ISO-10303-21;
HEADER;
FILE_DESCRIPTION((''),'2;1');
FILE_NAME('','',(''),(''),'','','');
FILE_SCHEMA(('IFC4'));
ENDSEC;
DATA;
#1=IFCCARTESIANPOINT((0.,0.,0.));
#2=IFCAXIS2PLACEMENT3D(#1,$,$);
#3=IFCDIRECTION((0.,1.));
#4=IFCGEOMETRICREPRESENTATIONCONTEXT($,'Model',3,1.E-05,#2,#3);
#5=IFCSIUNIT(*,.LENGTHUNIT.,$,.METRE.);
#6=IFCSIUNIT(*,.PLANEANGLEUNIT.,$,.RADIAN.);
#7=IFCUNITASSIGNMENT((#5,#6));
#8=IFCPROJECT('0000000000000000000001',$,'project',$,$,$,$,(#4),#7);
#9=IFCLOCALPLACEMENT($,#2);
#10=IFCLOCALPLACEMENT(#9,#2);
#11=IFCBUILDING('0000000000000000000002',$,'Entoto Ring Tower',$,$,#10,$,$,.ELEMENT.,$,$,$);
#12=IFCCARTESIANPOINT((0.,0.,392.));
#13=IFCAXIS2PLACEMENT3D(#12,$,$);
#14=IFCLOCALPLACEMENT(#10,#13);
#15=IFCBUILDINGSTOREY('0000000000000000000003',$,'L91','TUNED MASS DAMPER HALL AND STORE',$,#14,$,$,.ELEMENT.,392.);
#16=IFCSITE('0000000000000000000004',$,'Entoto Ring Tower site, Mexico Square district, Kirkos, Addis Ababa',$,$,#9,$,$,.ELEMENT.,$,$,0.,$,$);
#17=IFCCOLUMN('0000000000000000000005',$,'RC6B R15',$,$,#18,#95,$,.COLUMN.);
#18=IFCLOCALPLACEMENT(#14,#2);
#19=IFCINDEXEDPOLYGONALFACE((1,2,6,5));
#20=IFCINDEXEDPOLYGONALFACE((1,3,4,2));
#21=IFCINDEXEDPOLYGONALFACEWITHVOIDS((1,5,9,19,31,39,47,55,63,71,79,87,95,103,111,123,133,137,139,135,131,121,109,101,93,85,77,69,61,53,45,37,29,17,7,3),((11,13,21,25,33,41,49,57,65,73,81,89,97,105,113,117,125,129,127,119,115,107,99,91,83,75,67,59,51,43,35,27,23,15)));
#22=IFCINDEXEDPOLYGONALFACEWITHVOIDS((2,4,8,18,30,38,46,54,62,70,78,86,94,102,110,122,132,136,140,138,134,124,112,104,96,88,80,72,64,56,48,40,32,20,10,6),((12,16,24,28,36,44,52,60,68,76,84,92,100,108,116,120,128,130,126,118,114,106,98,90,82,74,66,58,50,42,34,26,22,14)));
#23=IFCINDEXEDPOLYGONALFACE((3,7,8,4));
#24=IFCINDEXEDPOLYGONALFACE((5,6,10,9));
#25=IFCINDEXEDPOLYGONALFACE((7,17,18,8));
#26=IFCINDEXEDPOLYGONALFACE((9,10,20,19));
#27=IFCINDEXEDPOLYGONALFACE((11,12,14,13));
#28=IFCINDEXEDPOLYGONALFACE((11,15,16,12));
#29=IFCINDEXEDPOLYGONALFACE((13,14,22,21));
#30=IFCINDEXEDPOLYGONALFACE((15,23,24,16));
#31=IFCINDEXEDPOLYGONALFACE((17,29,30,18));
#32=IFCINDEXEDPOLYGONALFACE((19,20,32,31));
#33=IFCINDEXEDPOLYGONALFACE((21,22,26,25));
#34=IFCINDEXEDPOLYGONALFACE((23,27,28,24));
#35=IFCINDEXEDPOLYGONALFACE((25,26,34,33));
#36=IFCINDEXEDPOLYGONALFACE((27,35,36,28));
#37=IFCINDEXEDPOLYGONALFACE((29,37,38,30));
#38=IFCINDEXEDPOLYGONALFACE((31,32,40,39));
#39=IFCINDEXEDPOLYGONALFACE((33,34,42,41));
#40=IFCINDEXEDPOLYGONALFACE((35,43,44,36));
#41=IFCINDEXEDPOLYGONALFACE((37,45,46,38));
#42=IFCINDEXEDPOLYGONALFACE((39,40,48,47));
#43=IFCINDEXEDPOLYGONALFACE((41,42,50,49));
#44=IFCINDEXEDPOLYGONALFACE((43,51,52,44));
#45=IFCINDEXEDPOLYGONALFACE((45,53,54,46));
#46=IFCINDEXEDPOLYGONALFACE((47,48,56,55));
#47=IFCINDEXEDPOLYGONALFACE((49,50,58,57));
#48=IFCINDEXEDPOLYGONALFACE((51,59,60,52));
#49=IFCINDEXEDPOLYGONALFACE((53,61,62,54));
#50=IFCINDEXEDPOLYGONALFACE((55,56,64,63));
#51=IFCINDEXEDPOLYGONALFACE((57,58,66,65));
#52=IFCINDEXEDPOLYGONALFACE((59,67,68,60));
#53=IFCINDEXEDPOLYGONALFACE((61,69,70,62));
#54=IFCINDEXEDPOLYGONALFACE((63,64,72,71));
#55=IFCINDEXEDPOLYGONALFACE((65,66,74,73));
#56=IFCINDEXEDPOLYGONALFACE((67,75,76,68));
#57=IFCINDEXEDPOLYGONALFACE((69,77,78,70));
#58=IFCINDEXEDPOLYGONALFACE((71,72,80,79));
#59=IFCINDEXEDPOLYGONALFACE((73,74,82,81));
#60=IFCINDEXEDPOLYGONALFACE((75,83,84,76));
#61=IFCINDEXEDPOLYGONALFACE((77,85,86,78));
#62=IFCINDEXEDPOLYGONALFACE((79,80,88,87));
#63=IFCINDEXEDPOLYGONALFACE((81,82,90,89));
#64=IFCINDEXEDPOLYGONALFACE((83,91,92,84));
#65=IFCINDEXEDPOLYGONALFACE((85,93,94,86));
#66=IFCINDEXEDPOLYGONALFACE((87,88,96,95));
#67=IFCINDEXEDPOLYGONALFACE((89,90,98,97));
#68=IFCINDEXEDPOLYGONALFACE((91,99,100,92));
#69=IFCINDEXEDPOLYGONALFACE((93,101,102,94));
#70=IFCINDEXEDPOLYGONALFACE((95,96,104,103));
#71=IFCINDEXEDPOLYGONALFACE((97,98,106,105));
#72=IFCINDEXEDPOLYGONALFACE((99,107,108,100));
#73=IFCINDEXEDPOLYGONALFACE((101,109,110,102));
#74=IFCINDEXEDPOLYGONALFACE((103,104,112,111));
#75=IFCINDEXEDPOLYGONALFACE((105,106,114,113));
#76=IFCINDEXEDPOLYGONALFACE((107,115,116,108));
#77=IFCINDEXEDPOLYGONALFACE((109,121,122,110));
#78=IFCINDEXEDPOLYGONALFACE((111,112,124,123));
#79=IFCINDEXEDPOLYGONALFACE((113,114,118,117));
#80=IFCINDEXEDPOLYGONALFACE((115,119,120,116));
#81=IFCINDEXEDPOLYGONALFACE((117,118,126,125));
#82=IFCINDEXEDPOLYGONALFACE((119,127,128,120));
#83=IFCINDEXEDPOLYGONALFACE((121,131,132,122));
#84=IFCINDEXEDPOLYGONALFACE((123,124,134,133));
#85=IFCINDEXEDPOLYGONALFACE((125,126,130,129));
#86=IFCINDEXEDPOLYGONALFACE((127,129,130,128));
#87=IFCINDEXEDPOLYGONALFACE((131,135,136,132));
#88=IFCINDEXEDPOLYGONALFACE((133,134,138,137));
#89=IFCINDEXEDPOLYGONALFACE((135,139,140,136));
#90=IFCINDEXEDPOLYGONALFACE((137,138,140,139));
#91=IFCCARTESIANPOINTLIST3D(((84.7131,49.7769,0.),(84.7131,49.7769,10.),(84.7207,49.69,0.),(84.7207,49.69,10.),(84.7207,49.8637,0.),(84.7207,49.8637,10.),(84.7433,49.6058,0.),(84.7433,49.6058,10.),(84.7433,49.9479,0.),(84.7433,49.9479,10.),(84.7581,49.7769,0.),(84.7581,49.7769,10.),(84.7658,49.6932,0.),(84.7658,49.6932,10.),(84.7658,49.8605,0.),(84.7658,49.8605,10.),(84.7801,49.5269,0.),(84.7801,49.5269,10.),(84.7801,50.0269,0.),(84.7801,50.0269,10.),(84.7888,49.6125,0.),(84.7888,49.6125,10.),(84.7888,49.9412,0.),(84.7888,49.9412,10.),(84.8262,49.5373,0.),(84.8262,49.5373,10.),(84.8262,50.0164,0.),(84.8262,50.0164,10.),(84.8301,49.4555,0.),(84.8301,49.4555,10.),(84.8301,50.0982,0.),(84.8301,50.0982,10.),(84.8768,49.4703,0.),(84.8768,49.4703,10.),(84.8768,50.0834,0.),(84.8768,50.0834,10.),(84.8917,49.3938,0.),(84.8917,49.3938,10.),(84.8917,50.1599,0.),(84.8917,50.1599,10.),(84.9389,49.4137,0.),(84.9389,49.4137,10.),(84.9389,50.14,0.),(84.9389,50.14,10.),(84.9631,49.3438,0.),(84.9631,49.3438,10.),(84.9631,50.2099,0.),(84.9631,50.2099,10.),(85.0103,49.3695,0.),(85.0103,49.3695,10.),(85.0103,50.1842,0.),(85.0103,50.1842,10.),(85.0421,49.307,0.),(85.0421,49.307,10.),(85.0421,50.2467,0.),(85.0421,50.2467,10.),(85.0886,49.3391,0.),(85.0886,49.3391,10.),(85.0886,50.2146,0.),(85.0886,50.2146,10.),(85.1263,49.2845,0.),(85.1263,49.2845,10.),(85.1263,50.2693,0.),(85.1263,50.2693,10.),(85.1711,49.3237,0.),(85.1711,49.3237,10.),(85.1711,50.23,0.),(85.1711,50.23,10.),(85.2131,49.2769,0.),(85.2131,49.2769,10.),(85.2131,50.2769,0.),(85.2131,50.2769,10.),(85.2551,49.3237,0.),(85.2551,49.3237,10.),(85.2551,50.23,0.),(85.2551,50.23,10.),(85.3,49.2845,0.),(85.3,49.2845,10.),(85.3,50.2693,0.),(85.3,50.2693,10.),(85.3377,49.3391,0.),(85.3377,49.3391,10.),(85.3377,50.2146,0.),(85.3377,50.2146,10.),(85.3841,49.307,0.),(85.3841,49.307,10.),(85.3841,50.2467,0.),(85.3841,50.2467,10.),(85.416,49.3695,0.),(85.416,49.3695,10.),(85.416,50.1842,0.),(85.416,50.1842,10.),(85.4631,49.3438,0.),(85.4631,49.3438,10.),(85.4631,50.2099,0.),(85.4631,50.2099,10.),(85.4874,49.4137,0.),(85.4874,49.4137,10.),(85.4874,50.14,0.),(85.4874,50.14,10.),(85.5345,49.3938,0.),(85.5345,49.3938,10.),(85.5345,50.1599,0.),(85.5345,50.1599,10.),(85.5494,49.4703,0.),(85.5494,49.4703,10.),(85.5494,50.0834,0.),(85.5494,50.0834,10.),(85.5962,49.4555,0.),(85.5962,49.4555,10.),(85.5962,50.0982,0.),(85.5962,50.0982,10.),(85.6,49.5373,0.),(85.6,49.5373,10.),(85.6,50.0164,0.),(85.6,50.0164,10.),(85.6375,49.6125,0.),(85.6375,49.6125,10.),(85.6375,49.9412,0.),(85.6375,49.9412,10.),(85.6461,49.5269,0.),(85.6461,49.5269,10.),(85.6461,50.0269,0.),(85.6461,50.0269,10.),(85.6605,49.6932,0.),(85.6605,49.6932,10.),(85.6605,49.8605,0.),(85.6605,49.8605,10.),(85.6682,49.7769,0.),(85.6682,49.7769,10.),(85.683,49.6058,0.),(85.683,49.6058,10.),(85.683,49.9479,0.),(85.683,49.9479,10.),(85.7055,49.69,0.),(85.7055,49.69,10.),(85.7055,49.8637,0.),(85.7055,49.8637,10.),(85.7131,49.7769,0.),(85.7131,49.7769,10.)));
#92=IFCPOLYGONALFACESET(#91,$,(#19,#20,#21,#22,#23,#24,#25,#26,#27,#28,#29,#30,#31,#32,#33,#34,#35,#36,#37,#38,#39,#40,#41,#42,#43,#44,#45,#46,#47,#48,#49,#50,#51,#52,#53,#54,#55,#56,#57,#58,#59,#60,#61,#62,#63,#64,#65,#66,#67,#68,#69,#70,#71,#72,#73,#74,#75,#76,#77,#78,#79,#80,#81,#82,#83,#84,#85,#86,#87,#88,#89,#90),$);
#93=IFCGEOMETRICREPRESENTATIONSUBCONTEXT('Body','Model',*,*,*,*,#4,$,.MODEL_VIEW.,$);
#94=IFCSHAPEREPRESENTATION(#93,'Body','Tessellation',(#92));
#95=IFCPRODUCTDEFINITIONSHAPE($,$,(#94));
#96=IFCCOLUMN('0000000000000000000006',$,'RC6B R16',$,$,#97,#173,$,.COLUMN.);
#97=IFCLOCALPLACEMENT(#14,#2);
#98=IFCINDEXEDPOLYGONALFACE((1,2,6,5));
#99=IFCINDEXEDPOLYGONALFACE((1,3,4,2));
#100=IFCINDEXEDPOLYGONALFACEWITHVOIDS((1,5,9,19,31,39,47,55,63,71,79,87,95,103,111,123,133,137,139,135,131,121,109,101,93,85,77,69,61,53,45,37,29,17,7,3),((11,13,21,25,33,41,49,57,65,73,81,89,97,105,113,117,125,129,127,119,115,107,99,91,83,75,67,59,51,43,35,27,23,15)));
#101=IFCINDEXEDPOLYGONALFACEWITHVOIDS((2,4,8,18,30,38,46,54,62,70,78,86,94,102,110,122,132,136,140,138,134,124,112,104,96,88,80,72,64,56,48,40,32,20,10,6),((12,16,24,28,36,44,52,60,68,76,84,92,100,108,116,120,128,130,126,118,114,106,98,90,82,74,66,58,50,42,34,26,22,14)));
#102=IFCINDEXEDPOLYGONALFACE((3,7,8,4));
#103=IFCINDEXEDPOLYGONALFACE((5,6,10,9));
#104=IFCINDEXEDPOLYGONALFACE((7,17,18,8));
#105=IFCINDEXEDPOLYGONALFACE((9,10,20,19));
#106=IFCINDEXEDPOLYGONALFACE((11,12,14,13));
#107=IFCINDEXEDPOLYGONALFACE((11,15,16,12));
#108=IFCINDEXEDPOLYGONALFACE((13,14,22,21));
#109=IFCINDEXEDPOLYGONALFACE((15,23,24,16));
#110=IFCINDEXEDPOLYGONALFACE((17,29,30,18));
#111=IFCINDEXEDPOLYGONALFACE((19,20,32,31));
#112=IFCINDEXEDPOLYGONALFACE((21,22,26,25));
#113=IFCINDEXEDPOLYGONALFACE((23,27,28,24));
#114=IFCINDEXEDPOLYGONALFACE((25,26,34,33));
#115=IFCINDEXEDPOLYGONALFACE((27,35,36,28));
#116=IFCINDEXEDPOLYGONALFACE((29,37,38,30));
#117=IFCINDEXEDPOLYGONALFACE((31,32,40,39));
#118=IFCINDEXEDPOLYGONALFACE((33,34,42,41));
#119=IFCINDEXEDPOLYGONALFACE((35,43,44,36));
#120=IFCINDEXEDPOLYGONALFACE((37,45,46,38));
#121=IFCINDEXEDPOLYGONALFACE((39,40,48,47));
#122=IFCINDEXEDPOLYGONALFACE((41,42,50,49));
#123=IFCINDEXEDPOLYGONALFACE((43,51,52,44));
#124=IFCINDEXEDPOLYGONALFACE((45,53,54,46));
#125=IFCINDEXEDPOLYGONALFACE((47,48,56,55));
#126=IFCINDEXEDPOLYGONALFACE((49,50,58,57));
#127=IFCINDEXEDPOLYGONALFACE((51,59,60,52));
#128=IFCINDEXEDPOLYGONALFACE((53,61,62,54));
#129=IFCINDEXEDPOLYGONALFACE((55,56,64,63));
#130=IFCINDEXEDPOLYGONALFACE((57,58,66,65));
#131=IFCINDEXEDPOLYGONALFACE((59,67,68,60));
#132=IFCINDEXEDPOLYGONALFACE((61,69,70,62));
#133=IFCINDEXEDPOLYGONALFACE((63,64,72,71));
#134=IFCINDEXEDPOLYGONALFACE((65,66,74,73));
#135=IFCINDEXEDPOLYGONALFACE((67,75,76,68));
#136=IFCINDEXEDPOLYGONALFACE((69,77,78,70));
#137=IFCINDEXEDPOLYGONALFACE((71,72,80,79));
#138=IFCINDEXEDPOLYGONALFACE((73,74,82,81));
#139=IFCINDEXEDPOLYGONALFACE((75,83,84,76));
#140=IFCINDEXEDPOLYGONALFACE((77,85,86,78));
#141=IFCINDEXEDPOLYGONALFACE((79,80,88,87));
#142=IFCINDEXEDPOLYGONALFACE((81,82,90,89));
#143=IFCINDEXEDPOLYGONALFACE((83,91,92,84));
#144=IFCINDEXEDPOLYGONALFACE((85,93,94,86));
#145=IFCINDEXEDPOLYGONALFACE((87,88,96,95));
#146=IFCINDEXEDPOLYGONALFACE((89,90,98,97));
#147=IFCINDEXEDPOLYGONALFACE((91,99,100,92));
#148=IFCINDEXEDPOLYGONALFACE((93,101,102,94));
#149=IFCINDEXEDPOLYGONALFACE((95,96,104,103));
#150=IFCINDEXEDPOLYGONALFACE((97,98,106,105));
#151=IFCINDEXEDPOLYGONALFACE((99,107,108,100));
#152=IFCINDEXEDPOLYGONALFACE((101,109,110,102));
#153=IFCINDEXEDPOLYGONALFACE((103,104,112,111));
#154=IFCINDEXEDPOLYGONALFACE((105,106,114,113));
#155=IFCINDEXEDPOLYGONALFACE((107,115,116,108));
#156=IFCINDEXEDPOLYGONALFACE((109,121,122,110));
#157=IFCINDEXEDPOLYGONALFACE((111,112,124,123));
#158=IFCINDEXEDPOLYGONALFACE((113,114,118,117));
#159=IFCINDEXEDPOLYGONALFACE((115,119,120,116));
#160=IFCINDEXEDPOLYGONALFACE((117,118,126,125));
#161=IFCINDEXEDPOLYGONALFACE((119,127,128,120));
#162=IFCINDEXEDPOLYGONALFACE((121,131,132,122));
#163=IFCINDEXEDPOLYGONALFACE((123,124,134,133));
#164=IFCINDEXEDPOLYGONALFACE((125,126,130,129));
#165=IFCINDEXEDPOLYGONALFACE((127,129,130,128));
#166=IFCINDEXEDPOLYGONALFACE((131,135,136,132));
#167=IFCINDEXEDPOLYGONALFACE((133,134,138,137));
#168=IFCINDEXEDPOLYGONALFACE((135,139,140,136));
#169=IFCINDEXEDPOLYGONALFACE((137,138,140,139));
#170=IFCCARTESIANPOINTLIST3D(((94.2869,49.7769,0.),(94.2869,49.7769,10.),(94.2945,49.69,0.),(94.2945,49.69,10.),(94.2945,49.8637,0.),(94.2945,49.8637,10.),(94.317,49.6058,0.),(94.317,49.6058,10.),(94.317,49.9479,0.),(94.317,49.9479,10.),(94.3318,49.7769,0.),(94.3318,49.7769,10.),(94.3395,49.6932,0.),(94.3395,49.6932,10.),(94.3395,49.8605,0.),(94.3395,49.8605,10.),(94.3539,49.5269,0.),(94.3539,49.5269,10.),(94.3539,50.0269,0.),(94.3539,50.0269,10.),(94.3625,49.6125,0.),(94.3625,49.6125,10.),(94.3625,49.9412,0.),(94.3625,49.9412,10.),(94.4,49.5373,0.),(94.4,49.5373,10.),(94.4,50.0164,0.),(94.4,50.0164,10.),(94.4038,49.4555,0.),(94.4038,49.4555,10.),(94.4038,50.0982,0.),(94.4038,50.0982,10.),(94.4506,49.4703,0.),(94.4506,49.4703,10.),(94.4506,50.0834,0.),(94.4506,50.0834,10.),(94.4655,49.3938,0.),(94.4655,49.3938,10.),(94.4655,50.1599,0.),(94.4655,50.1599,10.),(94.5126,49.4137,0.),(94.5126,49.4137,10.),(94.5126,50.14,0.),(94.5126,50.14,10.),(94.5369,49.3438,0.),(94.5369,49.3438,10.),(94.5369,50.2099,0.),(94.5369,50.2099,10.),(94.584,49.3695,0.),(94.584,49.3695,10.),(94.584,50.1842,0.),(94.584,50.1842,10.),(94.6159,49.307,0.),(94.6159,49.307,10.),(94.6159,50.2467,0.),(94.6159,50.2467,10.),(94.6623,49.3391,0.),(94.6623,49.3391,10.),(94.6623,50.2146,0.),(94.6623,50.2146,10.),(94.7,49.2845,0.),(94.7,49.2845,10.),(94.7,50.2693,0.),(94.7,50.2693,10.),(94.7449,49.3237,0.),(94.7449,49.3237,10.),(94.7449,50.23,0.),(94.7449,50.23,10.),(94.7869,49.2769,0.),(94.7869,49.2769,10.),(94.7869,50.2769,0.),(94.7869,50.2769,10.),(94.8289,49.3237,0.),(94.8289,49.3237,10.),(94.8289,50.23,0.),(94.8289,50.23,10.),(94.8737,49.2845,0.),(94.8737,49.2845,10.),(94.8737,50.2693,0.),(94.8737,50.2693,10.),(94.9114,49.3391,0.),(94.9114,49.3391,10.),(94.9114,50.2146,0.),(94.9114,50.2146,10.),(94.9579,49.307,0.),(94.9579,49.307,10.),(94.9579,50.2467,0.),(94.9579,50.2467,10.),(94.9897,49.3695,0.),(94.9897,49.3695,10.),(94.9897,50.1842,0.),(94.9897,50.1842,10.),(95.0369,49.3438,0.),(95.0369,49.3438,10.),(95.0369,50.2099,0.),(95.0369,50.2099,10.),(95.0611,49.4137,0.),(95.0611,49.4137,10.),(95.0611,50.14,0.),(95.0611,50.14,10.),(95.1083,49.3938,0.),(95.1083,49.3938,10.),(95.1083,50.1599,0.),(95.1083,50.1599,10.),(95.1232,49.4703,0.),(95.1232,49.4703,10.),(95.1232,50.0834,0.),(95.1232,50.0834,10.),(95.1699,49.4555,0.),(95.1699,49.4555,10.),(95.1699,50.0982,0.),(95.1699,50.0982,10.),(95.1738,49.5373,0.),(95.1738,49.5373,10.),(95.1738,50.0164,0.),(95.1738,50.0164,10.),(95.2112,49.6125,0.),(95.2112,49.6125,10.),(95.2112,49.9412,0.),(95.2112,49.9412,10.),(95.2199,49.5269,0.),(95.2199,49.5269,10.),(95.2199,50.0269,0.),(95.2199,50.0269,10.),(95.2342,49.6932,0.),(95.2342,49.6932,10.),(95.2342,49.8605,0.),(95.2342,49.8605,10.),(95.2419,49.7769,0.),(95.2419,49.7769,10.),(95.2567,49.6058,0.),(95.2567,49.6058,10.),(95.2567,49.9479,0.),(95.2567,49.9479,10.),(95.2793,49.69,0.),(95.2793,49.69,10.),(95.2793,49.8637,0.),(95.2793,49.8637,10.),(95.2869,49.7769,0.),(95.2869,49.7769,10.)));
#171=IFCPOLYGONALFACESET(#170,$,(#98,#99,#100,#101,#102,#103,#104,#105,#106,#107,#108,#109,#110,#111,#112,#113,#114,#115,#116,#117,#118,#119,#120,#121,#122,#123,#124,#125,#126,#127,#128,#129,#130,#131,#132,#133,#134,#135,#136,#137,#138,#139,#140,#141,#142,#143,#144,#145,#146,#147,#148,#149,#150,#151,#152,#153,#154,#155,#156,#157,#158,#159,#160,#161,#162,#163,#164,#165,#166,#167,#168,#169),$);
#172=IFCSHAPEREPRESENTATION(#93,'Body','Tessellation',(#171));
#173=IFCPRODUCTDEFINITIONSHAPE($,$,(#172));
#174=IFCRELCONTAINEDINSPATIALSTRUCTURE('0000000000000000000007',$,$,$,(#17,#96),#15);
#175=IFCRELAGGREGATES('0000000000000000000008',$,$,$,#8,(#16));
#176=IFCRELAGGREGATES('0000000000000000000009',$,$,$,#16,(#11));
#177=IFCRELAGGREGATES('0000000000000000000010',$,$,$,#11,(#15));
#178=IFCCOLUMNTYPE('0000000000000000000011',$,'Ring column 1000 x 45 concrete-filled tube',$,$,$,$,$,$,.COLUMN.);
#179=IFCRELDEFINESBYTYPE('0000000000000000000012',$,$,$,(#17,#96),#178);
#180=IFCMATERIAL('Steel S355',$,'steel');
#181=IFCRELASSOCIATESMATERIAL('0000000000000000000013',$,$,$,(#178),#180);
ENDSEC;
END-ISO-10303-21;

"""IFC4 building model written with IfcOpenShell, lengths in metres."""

from ifc_helpers import new_model, si_unit, direction, frame, origin, origin_2d, place, context, subcontext, project, spatial, circle, hollow_circle, extrude, material, material_profile, profile_set, type_object, element, save


model = new_model("IFC4")

# Units and contexts
model_context = context("Model", 3, precision=1e-05, world=origin(), true_north=direction((0.0, 1.0)))
body_context = subcontext(model_context, "Body", "Model", "MODEL_VIEW")
ifc_project = project(units=[si_unit("LENGTHUNIT", "METRE"), si_unit("PLANEANGLEUNIT", "RADIAN")], contexts=[model_context])

# Site, building, storey
site_placement = place(None, origin())
site = spatial("IfcSite", under=ifc_project, at=site_placement, Name="Entoto Ring Tower site, Mexico Square district, Kirkos, Addis Ababa", CompositionType="ELEMENT", RefElevation=0.0)
building_placement = place(site_placement, origin())
building = spatial("IfcBuilding", under=site, at=building_placement, Name="Entoto Ring Tower", CompositionType="ELEMENT")
storey_placement = place(building_placement, frame((0.0, 0.0, 392.0)))
storey = spatial("IfcBuildingStorey", under=building, at=storey_placement, Name="L91", Description="TUNED MASS DAMPER HALL AND STORE", CompositionType="ELEMENT", Elevation=392.0)

# Columns
ifc_material_1 = material(Name="Steel S355", Category="steel")
ifc_material_profile_1 = material_profile(ifc_material_1, hollow_circle(Radius=0.5, WallThickness=0.0449, at=origin_2d()), Name="CHS 1000 x 45")
ifc_material_2 = material(Name="Concrete C60/75", Category="concrete")
ifc_material_profile_2 = material_profile(ifc_material_2, circle(Radius=0.4551, at=origin_2d()), Name="Concrete C60/75 infill")
ifc_profile_set_1 = profile_set([ifc_material_profile_1, ifc_material_profile_2], Name="Steel S355")
column_type = type_object("IfcColumnType", Name="Ring column 1000 x 45 concrete-filled tube", PredefinedType="COLUMN", material=ifc_profile_set_1)
for number, where, z_axis, x_axis, name in (
    (1, (85.2131, 49.7769, 0.0), (0.0, 0.0, 1.0), (1.0, 0.0, 0.0), "RC6B R15"),
    (2, (94.7869, 49.7769, 0.0), (0.0, 0.0, 1.0), (1.0, 0.0, 0.0), "RC6B R16"),
):
    element("IfcColumn", number, at=place(storey_placement, frame(where, z_axis=z_axis, x_axis=x_axis)), inside=storey, type_object=column_type, Name=name, PredefinedType="COLUMN", context=body_context, shape_type="SweptSolid", body=[
        extrude(hollow_circle(Radius=0.5, WallThickness=0.0449, at=origin_2d()), origin(), (0.0, 0.0, 1.0), 10.0),
    ])

save(model, "model.ifc")
